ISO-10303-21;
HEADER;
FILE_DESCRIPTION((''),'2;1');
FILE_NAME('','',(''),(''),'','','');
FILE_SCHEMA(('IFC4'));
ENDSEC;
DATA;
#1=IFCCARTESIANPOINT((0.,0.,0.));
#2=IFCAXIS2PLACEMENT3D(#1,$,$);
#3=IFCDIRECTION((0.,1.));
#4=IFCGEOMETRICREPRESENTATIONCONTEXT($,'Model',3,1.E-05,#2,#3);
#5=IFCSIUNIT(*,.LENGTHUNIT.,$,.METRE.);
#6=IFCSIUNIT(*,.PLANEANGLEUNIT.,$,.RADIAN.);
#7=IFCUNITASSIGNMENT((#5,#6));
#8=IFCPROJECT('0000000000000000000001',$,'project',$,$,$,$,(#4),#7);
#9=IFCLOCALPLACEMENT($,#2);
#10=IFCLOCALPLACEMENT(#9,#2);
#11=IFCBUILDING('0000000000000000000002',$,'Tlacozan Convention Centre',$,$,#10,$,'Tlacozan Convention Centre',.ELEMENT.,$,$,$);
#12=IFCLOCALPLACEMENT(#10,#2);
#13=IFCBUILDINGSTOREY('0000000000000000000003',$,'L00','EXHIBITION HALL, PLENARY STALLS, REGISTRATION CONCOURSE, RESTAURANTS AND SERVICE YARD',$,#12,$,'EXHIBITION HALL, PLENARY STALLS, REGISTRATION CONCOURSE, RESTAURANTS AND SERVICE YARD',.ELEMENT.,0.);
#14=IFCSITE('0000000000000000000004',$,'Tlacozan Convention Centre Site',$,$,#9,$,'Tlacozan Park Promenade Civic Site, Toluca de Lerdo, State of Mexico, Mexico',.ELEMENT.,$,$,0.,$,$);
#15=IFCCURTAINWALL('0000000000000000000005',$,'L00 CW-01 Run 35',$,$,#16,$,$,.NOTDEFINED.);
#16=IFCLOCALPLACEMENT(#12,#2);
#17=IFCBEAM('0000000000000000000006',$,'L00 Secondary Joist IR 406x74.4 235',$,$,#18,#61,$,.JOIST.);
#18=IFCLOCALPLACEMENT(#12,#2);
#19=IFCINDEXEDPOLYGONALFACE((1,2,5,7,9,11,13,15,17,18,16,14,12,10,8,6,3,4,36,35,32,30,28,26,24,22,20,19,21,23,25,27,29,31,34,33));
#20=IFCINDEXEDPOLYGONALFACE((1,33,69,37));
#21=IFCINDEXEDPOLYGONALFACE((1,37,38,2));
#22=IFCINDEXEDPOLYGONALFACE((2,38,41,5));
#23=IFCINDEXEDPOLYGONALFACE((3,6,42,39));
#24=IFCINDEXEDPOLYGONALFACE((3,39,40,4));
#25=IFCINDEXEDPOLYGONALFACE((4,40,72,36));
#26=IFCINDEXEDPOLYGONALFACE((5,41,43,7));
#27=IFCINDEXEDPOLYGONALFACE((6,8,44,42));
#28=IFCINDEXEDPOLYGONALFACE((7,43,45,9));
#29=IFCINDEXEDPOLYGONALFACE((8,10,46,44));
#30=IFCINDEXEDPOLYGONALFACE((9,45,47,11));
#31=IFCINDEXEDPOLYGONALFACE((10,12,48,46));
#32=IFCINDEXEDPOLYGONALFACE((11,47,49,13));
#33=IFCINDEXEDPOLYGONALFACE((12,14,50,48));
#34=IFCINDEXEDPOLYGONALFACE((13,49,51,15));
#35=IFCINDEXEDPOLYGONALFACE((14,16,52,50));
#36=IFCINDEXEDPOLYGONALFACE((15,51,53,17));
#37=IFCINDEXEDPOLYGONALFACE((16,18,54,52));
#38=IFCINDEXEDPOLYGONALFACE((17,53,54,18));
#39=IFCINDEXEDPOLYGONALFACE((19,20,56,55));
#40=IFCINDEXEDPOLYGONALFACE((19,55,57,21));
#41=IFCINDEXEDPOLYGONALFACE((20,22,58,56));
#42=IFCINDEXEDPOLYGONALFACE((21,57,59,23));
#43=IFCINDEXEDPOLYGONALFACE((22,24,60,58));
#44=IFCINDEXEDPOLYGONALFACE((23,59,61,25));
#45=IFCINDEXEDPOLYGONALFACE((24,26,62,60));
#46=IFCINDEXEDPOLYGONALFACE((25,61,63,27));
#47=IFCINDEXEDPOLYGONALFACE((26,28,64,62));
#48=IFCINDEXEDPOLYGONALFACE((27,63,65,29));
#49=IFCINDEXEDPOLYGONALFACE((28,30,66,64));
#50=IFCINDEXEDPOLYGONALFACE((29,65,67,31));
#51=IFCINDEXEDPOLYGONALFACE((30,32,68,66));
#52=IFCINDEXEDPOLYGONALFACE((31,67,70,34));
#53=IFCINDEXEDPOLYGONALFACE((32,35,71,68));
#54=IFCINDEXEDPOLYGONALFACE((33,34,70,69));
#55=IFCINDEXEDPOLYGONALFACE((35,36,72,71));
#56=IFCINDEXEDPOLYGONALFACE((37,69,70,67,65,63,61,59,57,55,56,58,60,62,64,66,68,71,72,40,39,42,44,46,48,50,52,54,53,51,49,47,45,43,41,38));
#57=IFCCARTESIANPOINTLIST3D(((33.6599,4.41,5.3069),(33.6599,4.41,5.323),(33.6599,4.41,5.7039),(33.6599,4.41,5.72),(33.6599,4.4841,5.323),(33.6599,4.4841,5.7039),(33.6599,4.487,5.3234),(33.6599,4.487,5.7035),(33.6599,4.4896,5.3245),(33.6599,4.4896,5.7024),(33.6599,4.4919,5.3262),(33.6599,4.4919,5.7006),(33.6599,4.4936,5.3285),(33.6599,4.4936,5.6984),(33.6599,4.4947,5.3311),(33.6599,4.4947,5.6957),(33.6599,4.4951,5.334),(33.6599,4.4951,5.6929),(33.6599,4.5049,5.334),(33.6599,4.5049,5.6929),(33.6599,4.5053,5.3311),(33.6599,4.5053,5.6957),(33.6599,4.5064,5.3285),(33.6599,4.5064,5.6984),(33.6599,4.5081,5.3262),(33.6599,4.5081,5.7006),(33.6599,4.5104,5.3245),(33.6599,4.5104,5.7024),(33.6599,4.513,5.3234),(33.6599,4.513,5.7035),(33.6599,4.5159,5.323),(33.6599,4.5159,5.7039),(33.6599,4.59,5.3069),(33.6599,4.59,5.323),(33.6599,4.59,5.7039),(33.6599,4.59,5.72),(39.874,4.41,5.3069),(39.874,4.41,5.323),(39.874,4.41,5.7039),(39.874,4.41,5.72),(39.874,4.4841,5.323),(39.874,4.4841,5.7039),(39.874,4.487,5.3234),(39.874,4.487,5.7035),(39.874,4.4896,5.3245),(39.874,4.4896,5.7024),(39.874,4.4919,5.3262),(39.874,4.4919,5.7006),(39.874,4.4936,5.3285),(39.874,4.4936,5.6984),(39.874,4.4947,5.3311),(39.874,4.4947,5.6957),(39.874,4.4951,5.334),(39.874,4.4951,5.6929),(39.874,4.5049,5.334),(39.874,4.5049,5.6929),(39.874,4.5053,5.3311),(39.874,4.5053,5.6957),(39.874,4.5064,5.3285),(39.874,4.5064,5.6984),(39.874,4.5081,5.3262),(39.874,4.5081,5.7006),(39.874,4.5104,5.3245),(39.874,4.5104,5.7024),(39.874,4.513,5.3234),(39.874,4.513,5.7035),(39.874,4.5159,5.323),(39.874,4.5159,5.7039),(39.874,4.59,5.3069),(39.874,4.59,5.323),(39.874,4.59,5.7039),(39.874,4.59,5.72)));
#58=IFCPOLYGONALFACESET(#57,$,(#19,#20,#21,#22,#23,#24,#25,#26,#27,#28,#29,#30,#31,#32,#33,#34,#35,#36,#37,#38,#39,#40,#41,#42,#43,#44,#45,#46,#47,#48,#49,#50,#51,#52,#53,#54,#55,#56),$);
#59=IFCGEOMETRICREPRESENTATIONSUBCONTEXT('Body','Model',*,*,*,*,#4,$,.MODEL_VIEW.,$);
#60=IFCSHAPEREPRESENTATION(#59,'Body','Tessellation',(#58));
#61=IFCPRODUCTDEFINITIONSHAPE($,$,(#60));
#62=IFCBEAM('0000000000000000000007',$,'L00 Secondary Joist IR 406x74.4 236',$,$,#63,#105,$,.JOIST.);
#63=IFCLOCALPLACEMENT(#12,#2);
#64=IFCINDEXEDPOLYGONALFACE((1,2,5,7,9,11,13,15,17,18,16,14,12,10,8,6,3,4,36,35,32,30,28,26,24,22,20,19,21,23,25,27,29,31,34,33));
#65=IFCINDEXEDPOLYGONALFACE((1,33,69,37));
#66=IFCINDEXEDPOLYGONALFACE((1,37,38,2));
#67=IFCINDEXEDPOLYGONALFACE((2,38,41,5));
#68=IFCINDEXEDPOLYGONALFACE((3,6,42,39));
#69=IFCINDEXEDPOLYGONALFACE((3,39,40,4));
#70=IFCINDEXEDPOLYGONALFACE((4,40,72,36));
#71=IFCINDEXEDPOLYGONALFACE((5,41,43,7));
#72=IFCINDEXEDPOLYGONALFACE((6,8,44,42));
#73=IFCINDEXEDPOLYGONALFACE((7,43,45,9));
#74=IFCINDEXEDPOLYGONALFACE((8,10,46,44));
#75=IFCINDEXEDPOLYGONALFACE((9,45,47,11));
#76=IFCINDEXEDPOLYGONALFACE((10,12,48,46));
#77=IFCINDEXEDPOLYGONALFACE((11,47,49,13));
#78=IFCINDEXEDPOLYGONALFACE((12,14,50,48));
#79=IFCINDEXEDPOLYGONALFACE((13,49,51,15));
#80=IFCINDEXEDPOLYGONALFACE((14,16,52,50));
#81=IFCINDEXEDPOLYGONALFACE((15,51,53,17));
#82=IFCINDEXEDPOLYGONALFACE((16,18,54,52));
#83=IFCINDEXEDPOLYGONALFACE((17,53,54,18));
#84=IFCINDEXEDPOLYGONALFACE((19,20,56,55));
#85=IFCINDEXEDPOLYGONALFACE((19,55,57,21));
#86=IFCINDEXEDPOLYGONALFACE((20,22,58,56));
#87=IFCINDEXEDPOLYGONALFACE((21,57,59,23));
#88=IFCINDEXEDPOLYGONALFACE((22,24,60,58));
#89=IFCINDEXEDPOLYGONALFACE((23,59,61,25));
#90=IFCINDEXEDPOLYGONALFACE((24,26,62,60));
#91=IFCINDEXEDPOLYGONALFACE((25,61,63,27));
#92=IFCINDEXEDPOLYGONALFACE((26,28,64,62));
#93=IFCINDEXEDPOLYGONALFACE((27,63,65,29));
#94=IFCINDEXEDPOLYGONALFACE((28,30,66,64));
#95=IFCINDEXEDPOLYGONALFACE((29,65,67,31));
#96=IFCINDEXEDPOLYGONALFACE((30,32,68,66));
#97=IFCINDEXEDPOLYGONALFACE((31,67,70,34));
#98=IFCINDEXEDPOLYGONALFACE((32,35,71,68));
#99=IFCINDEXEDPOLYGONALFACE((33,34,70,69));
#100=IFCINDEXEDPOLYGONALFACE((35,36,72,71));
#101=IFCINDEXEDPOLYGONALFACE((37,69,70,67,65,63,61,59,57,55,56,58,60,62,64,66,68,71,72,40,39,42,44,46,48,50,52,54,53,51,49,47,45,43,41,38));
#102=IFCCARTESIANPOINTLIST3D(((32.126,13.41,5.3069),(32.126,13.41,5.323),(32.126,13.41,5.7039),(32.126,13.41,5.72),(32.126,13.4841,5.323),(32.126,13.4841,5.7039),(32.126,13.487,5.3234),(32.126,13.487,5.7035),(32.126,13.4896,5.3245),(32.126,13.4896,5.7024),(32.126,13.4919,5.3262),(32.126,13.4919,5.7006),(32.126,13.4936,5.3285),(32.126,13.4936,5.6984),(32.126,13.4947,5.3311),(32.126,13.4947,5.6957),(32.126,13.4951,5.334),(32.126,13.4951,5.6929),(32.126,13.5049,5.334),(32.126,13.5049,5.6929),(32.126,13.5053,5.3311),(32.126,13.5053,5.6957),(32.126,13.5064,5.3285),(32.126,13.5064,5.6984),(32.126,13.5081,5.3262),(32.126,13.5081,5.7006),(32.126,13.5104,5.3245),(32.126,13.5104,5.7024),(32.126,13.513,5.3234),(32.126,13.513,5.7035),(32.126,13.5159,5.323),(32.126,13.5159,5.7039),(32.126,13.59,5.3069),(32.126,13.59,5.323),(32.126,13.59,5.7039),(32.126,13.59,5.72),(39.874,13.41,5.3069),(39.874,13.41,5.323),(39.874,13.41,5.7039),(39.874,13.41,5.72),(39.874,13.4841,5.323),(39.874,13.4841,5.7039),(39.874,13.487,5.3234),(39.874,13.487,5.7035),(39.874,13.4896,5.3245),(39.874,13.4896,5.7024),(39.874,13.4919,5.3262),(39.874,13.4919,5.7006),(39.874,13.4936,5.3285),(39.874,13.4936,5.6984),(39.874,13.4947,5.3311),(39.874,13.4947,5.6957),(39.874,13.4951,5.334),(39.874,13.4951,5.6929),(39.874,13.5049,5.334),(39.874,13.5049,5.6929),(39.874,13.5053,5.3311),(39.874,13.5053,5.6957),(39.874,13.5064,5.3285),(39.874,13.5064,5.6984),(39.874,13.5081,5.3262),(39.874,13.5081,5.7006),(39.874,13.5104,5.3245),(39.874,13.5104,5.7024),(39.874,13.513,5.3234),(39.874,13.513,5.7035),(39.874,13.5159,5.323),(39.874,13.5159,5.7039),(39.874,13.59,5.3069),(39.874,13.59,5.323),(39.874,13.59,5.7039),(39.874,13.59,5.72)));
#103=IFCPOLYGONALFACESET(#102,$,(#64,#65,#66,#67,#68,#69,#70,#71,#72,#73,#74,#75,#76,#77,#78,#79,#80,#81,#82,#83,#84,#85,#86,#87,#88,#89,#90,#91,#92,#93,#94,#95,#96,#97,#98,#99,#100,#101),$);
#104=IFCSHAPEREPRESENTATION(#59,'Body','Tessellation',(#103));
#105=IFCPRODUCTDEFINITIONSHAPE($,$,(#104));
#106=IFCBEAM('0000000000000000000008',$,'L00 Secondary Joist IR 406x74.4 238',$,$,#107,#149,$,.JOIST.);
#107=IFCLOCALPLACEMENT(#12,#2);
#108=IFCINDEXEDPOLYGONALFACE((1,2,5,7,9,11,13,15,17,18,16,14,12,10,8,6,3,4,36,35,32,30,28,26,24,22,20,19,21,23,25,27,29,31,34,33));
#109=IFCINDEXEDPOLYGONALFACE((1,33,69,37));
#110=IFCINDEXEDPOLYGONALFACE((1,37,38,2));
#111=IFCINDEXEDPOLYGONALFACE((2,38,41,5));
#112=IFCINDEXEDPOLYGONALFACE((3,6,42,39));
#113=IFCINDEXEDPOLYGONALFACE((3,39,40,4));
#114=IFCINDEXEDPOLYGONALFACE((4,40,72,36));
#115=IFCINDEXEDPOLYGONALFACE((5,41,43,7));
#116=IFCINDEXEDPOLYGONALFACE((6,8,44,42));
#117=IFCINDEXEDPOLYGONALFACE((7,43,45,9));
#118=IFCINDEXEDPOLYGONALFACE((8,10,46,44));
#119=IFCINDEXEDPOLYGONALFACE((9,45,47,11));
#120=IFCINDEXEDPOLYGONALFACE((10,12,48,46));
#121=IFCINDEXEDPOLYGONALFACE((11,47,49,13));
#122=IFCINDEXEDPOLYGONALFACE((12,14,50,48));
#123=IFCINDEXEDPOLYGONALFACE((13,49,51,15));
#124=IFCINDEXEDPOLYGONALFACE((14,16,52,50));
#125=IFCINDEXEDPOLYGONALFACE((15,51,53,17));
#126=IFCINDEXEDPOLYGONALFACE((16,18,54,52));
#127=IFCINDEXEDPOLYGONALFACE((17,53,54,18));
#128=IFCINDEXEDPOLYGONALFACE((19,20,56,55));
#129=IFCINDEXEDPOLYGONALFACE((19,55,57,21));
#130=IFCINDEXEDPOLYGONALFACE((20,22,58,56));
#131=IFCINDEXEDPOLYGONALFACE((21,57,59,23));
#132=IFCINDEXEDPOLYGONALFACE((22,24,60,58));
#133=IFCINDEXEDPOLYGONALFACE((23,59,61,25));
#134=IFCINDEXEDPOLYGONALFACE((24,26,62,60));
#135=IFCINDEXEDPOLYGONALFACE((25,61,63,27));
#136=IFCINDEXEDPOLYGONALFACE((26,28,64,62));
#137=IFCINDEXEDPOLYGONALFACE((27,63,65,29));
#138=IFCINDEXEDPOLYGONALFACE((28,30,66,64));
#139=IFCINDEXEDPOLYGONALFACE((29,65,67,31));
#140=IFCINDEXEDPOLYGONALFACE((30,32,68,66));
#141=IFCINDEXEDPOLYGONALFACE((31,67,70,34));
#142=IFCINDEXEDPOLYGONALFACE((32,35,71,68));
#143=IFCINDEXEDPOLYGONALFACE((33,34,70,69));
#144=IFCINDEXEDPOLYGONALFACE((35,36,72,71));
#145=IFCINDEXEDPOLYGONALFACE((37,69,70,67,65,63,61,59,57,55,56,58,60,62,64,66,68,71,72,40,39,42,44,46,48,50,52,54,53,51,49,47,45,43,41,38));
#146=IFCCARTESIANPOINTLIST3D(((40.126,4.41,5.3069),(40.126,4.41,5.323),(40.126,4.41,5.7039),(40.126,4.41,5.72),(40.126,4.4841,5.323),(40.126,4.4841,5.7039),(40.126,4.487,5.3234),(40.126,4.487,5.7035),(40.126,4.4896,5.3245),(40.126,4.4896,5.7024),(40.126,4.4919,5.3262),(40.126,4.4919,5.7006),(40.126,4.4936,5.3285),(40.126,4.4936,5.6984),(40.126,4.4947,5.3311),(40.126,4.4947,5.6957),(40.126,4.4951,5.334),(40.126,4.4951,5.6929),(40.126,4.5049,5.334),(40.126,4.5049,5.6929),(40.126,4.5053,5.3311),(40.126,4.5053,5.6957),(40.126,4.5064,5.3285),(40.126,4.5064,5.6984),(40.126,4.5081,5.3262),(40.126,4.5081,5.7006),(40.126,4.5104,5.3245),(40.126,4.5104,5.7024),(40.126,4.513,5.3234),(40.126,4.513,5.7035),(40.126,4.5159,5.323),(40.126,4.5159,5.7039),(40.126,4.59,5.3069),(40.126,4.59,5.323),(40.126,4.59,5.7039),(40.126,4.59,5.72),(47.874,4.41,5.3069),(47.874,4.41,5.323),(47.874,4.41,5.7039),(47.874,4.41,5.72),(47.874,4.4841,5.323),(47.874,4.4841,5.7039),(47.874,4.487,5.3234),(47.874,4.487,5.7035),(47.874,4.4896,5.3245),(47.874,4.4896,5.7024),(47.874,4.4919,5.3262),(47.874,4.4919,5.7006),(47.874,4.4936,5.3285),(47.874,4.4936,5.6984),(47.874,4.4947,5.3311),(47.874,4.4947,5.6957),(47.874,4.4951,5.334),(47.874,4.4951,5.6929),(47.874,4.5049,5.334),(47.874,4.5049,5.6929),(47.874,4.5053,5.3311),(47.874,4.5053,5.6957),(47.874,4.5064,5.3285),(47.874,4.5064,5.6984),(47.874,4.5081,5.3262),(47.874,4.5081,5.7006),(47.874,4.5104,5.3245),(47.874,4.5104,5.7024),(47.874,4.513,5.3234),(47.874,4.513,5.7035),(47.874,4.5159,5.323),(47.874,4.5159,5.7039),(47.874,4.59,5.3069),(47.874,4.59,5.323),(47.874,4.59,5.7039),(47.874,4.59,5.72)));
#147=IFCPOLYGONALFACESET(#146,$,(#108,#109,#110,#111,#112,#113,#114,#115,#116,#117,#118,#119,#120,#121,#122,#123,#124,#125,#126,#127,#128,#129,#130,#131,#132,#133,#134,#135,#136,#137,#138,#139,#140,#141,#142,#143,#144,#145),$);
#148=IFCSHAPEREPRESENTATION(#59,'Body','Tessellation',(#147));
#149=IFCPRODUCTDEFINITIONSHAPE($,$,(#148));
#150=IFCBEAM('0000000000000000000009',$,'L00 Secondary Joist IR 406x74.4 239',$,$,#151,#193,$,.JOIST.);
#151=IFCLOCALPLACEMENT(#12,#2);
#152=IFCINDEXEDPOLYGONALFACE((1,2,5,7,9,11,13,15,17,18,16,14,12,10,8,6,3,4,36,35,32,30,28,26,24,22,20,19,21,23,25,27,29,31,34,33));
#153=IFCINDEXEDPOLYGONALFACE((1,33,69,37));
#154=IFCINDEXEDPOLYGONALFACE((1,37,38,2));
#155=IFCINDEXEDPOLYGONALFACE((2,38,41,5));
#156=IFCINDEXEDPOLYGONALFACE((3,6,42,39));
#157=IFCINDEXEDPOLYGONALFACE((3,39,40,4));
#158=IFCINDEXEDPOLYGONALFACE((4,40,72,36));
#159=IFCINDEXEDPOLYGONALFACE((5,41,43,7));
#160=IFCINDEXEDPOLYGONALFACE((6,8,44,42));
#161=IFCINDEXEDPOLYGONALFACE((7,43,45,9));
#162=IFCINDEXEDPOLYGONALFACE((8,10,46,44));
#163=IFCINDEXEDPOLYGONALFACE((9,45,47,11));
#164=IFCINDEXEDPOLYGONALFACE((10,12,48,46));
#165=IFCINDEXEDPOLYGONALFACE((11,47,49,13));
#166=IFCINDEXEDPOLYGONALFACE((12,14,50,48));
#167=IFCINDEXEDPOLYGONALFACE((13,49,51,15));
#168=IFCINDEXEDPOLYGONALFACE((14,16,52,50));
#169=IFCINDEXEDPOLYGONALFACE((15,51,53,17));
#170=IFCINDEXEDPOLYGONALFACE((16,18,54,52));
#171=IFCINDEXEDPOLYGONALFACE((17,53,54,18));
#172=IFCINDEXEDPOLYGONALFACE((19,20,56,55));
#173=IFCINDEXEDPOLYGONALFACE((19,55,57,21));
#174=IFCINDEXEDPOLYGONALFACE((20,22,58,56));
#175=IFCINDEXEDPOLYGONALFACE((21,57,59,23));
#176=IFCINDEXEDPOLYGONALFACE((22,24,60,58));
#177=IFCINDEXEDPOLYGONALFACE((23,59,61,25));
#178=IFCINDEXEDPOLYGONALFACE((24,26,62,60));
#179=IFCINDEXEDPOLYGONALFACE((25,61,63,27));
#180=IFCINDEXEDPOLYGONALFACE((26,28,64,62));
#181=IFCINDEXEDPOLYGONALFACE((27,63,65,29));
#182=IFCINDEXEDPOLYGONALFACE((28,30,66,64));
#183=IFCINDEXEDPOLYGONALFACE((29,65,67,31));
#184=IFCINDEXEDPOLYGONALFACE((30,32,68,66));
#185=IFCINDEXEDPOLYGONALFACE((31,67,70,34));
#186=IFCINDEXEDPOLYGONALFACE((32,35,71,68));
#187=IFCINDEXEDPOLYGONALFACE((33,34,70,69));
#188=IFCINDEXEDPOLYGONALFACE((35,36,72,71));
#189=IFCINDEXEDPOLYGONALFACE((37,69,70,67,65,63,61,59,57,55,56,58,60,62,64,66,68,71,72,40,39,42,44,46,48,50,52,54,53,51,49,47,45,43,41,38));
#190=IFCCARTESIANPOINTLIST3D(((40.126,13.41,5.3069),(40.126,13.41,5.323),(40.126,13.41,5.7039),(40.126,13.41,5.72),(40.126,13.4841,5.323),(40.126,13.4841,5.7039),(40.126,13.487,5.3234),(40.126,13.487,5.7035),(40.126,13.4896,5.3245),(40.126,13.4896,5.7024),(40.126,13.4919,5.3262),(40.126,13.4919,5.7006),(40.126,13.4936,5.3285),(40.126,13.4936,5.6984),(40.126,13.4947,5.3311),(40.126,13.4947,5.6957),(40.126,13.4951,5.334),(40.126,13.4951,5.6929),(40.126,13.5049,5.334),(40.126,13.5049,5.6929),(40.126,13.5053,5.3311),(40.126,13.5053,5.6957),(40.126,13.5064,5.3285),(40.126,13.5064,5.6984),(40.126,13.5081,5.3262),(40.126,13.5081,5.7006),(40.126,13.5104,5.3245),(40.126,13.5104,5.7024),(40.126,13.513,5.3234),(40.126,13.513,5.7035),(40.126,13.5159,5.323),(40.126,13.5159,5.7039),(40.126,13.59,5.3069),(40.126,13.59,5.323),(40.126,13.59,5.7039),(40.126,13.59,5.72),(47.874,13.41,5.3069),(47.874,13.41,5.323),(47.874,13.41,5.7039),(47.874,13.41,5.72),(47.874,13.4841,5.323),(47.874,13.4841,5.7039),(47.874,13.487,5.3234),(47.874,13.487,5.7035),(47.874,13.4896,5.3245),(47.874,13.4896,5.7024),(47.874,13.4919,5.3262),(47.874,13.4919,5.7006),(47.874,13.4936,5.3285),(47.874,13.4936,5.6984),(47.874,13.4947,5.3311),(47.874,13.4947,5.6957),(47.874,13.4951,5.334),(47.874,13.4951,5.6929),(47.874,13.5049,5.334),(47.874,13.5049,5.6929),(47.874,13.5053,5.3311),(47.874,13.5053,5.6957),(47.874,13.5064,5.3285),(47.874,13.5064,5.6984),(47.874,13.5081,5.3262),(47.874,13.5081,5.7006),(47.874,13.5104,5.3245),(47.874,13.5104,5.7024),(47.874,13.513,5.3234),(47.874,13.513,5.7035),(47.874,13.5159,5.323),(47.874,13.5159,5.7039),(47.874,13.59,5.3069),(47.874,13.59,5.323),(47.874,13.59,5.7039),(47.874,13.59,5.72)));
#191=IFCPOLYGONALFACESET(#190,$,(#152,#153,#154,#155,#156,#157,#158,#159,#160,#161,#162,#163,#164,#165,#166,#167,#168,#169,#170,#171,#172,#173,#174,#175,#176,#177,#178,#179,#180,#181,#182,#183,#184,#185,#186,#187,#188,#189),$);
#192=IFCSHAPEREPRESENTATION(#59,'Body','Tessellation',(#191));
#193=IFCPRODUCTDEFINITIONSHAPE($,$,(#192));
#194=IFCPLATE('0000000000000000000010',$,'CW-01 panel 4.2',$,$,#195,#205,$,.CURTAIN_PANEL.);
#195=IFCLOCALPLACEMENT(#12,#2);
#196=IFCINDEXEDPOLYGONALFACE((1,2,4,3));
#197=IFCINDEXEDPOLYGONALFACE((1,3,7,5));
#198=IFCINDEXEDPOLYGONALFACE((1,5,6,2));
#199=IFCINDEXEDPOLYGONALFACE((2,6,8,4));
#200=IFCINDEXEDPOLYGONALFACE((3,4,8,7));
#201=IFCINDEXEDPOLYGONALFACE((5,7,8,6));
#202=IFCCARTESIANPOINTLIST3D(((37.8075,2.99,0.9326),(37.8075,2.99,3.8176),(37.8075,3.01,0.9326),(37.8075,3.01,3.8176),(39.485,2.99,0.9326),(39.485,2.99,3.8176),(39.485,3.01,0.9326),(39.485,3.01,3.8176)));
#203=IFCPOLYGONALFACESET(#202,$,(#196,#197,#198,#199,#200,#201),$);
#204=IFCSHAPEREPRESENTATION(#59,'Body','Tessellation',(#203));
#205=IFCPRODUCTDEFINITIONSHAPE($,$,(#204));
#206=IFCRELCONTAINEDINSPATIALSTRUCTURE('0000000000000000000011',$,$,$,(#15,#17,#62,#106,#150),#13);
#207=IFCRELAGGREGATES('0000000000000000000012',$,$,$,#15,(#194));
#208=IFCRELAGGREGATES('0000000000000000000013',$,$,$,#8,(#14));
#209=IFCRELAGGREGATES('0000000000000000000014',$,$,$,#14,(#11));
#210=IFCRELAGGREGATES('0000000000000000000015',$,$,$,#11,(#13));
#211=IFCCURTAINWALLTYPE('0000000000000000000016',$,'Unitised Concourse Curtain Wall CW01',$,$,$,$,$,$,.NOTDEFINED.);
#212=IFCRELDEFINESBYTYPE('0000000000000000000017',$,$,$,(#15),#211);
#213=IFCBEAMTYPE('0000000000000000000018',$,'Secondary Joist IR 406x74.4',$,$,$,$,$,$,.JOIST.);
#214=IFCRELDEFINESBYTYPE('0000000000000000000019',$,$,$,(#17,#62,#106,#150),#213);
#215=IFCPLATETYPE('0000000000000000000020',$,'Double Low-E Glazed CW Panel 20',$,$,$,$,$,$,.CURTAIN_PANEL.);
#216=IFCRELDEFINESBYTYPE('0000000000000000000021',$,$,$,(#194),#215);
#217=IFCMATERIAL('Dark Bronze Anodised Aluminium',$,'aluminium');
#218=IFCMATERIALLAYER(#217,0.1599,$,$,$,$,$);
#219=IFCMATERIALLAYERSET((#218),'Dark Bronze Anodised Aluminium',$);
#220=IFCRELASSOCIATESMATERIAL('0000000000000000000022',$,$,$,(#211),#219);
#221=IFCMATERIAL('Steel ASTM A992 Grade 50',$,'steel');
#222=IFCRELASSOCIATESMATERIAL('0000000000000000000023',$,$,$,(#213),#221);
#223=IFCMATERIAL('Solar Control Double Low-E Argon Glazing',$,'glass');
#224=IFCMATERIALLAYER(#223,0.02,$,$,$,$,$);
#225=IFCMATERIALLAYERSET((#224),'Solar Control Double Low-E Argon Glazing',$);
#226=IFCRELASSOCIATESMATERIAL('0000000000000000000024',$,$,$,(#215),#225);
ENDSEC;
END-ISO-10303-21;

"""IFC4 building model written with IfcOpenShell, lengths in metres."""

from ifc_helpers import new_model, si_unit, direction, frame, origin, origin_2d, place, context, subcontext, project, spatial, rectangle, i_section, extrude, material, layer, layer_set, material_profile, profile_set, type_object, element, aggregate, save


model = new_model("IFC4")

# Units and contexts
model_context = context("Model", 3, precision=1e-05, world=origin(), true_north=direction((0.0, 1.0)))
body_context = subcontext(model_context, "Body", "Model", "MODEL_VIEW")
ifc_project = project(units=[si_unit("LENGTHUNIT", "METRE"), si_unit("PLANEANGLEUNIT", "RADIAN")], contexts=[model_context])

# Site, building, storey
site_placement = place(None, origin())
site = spatial("IfcSite", under=ifc_project, at=site_placement, Name="Tlacozan Convention Centre Site", LongName="Tlacozan Park Promenade Civic Site, Toluca de Lerdo, State of Mexico, Mexico", CompositionType="ELEMENT", RefElevation=0.0)
building_placement = place(site_placement, origin())
building = spatial("IfcBuilding", under=site, at=building_placement, Name="Tlacozan Convention Centre", LongName="Tlacozan Convention Centre", CompositionType="ELEMENT")
storey_placement = place(building_placement, origin())
storey = spatial("IfcBuildingStorey", under=building, at=storey_placement, Name="L00", Description="EXHIBITION HALL, PLENARY STALLS, REGISTRATION CONCOURSE, RESTAURANTS AND SERVICE YARD", LongName="EXHIBITION HALL, PLENARY STALLS, REGISTRATION CONCOURSE, RESTAURANTS AND SERVICE YARD", CompositionType="ELEMENT", Elevation=0.0)

# Curtain wall
ifc_material_1 = material(Name="Dark Bronze Anodised Aluminium", Category="aluminium")
ifc_layer_1 = layer(ifc_material_1, 0.1599)
ifc_layer_set_1 = layer_set([ifc_layer_1], Name="Dark Bronze Anodised Aluminium")
curtain_wall_type = type_object("IfcCurtainWallType", Name="Unitised Concourse Curtain Wall CW01", PredefinedType="NOTDEFINED", material=ifc_layer_set_1)
curtain_wall_1_placement = place(storey_placement, origin())
curtain_wall_1 = element("IfcCurtainWall", 1, at=curtain_wall_1_placement, inside=storey, type_object=curtain_wall_type, Name="L00 CW-01 Run 35", PredefinedType="NOTDEFINED")

# Beams
ifc_material_2 = material(Name="Steel ASTM A992 Grade 50", Category="steel")
ifc_material_profile_1 = material_profile(ifc_material_2, i_section(OverallWidth=0.1799, OverallDepth=0.4131, WebThickness=0.0098, FlangeThickness=0.0161, FilletRadius=0.011, at=origin_2d()), Name="IR 406x74.4")
ifc_profile_set_1 = profile_set([ifc_material_profile_1], Name="Steel ASTM A992 Grade 50")
beam_type_1 = type_object("IfcBeamType", Name="Secondary Joist IR 406x74.4", PredefinedType="JOIST", material=ifc_profile_set_1)
beam_1_placement = place(storey_placement, frame((33.6599, 4.5, 5.5134), z_axis=(1.0, 0.0, 0.0), x_axis=(0.0, 1.0, 0.0)))
element("IfcBeam", 2, at=beam_1_placement, inside=storey, type_object=beam_type_1, Name="L00 Secondary Joist IR 406x74.4 235", PredefinedType="JOIST", context=body_context, shape_type="SweptSolid", body=[
    extrude(i_section(OverallWidth=0.1799, OverallDepth=0.4131, WebThickness=0.0098, FlangeThickness=0.0161, FilletRadius=0.011, at=origin_2d()), origin(), (0.0, 0.0, 1.0), 6.2141),
])
for number, where, z_axis, x_axis, name in (
    (3, (32.126, 13.5, 5.5134), (1.0, 0.0, 0.0), (0.0, 1.0, 0.0), "L00 Secondary Joist IR 406x74.4 236"),
    (4, (40.126, 4.5, 5.5134), (1.0, 0.0, 0.0), (0.0, 1.0, 0.0), "L00 Secondary Joist IR 406x74.4 238"),
    (5, (40.126, 13.5, 5.5134), (1.0, 0.0, 0.0), (0.0, 1.0, 0.0), "L00 Secondary Joist IR 406x74.4 239"),
):
    element("IfcBeam", number, at=place(storey_placement, frame(where, z_axis=z_axis, x_axis=x_axis)), inside=storey, type_object=beam_type_1, Name=name, PredefinedType="JOIST", context=body_context, shape_type="SweptSolid", body=[
        extrude(i_section(OverallWidth=0.1799, OverallDepth=0.4131, WebThickness=0.0098, FlangeThickness=0.0161, FilletRadius=0.011, at=origin_2d()), origin(), (0.0, 0.0, 1.0), 7.748),
    ])

# Plate
ifc_material_3 = material(Name="Solar Control Double Low-E Argon Glazing", Category="glass")
ifc_layer_2 = layer(ifc_material_3, 0.02)
ifc_layer_set_2 = layer_set([ifc_layer_2], Name="Solar Control Double Low-E Argon Glazing")
plate_type = type_object("IfcPlateType", Name="Double Low-E Glazed CW Panel 20", PredefinedType="CURTAIN_PANEL", material=ifc_layer_set_2)
plate_1_placement = place(storey_placement, frame((38.6462, 3.0, 0.9326), z_axis=(0.0, 0.0, 1.0), x_axis=(1.0, 0.0, 0.0)))
plate_1 = element("IfcPlate", 6, at=plate_1_placement, type_object=plate_type, Name="CW-01 panel 4.2", PredefinedType="CURTAIN_PANEL", context=body_context, shape_type="SweptSolid", body=[
    extrude(rectangle(XDim=1.6775, YDim=0.02, at=origin_2d()), origin(), (0.0, 0.0, 1.0), 2.885),
])
aggregate(curtain_wall_1, [plate_1])

save(model, "model.ifc")
